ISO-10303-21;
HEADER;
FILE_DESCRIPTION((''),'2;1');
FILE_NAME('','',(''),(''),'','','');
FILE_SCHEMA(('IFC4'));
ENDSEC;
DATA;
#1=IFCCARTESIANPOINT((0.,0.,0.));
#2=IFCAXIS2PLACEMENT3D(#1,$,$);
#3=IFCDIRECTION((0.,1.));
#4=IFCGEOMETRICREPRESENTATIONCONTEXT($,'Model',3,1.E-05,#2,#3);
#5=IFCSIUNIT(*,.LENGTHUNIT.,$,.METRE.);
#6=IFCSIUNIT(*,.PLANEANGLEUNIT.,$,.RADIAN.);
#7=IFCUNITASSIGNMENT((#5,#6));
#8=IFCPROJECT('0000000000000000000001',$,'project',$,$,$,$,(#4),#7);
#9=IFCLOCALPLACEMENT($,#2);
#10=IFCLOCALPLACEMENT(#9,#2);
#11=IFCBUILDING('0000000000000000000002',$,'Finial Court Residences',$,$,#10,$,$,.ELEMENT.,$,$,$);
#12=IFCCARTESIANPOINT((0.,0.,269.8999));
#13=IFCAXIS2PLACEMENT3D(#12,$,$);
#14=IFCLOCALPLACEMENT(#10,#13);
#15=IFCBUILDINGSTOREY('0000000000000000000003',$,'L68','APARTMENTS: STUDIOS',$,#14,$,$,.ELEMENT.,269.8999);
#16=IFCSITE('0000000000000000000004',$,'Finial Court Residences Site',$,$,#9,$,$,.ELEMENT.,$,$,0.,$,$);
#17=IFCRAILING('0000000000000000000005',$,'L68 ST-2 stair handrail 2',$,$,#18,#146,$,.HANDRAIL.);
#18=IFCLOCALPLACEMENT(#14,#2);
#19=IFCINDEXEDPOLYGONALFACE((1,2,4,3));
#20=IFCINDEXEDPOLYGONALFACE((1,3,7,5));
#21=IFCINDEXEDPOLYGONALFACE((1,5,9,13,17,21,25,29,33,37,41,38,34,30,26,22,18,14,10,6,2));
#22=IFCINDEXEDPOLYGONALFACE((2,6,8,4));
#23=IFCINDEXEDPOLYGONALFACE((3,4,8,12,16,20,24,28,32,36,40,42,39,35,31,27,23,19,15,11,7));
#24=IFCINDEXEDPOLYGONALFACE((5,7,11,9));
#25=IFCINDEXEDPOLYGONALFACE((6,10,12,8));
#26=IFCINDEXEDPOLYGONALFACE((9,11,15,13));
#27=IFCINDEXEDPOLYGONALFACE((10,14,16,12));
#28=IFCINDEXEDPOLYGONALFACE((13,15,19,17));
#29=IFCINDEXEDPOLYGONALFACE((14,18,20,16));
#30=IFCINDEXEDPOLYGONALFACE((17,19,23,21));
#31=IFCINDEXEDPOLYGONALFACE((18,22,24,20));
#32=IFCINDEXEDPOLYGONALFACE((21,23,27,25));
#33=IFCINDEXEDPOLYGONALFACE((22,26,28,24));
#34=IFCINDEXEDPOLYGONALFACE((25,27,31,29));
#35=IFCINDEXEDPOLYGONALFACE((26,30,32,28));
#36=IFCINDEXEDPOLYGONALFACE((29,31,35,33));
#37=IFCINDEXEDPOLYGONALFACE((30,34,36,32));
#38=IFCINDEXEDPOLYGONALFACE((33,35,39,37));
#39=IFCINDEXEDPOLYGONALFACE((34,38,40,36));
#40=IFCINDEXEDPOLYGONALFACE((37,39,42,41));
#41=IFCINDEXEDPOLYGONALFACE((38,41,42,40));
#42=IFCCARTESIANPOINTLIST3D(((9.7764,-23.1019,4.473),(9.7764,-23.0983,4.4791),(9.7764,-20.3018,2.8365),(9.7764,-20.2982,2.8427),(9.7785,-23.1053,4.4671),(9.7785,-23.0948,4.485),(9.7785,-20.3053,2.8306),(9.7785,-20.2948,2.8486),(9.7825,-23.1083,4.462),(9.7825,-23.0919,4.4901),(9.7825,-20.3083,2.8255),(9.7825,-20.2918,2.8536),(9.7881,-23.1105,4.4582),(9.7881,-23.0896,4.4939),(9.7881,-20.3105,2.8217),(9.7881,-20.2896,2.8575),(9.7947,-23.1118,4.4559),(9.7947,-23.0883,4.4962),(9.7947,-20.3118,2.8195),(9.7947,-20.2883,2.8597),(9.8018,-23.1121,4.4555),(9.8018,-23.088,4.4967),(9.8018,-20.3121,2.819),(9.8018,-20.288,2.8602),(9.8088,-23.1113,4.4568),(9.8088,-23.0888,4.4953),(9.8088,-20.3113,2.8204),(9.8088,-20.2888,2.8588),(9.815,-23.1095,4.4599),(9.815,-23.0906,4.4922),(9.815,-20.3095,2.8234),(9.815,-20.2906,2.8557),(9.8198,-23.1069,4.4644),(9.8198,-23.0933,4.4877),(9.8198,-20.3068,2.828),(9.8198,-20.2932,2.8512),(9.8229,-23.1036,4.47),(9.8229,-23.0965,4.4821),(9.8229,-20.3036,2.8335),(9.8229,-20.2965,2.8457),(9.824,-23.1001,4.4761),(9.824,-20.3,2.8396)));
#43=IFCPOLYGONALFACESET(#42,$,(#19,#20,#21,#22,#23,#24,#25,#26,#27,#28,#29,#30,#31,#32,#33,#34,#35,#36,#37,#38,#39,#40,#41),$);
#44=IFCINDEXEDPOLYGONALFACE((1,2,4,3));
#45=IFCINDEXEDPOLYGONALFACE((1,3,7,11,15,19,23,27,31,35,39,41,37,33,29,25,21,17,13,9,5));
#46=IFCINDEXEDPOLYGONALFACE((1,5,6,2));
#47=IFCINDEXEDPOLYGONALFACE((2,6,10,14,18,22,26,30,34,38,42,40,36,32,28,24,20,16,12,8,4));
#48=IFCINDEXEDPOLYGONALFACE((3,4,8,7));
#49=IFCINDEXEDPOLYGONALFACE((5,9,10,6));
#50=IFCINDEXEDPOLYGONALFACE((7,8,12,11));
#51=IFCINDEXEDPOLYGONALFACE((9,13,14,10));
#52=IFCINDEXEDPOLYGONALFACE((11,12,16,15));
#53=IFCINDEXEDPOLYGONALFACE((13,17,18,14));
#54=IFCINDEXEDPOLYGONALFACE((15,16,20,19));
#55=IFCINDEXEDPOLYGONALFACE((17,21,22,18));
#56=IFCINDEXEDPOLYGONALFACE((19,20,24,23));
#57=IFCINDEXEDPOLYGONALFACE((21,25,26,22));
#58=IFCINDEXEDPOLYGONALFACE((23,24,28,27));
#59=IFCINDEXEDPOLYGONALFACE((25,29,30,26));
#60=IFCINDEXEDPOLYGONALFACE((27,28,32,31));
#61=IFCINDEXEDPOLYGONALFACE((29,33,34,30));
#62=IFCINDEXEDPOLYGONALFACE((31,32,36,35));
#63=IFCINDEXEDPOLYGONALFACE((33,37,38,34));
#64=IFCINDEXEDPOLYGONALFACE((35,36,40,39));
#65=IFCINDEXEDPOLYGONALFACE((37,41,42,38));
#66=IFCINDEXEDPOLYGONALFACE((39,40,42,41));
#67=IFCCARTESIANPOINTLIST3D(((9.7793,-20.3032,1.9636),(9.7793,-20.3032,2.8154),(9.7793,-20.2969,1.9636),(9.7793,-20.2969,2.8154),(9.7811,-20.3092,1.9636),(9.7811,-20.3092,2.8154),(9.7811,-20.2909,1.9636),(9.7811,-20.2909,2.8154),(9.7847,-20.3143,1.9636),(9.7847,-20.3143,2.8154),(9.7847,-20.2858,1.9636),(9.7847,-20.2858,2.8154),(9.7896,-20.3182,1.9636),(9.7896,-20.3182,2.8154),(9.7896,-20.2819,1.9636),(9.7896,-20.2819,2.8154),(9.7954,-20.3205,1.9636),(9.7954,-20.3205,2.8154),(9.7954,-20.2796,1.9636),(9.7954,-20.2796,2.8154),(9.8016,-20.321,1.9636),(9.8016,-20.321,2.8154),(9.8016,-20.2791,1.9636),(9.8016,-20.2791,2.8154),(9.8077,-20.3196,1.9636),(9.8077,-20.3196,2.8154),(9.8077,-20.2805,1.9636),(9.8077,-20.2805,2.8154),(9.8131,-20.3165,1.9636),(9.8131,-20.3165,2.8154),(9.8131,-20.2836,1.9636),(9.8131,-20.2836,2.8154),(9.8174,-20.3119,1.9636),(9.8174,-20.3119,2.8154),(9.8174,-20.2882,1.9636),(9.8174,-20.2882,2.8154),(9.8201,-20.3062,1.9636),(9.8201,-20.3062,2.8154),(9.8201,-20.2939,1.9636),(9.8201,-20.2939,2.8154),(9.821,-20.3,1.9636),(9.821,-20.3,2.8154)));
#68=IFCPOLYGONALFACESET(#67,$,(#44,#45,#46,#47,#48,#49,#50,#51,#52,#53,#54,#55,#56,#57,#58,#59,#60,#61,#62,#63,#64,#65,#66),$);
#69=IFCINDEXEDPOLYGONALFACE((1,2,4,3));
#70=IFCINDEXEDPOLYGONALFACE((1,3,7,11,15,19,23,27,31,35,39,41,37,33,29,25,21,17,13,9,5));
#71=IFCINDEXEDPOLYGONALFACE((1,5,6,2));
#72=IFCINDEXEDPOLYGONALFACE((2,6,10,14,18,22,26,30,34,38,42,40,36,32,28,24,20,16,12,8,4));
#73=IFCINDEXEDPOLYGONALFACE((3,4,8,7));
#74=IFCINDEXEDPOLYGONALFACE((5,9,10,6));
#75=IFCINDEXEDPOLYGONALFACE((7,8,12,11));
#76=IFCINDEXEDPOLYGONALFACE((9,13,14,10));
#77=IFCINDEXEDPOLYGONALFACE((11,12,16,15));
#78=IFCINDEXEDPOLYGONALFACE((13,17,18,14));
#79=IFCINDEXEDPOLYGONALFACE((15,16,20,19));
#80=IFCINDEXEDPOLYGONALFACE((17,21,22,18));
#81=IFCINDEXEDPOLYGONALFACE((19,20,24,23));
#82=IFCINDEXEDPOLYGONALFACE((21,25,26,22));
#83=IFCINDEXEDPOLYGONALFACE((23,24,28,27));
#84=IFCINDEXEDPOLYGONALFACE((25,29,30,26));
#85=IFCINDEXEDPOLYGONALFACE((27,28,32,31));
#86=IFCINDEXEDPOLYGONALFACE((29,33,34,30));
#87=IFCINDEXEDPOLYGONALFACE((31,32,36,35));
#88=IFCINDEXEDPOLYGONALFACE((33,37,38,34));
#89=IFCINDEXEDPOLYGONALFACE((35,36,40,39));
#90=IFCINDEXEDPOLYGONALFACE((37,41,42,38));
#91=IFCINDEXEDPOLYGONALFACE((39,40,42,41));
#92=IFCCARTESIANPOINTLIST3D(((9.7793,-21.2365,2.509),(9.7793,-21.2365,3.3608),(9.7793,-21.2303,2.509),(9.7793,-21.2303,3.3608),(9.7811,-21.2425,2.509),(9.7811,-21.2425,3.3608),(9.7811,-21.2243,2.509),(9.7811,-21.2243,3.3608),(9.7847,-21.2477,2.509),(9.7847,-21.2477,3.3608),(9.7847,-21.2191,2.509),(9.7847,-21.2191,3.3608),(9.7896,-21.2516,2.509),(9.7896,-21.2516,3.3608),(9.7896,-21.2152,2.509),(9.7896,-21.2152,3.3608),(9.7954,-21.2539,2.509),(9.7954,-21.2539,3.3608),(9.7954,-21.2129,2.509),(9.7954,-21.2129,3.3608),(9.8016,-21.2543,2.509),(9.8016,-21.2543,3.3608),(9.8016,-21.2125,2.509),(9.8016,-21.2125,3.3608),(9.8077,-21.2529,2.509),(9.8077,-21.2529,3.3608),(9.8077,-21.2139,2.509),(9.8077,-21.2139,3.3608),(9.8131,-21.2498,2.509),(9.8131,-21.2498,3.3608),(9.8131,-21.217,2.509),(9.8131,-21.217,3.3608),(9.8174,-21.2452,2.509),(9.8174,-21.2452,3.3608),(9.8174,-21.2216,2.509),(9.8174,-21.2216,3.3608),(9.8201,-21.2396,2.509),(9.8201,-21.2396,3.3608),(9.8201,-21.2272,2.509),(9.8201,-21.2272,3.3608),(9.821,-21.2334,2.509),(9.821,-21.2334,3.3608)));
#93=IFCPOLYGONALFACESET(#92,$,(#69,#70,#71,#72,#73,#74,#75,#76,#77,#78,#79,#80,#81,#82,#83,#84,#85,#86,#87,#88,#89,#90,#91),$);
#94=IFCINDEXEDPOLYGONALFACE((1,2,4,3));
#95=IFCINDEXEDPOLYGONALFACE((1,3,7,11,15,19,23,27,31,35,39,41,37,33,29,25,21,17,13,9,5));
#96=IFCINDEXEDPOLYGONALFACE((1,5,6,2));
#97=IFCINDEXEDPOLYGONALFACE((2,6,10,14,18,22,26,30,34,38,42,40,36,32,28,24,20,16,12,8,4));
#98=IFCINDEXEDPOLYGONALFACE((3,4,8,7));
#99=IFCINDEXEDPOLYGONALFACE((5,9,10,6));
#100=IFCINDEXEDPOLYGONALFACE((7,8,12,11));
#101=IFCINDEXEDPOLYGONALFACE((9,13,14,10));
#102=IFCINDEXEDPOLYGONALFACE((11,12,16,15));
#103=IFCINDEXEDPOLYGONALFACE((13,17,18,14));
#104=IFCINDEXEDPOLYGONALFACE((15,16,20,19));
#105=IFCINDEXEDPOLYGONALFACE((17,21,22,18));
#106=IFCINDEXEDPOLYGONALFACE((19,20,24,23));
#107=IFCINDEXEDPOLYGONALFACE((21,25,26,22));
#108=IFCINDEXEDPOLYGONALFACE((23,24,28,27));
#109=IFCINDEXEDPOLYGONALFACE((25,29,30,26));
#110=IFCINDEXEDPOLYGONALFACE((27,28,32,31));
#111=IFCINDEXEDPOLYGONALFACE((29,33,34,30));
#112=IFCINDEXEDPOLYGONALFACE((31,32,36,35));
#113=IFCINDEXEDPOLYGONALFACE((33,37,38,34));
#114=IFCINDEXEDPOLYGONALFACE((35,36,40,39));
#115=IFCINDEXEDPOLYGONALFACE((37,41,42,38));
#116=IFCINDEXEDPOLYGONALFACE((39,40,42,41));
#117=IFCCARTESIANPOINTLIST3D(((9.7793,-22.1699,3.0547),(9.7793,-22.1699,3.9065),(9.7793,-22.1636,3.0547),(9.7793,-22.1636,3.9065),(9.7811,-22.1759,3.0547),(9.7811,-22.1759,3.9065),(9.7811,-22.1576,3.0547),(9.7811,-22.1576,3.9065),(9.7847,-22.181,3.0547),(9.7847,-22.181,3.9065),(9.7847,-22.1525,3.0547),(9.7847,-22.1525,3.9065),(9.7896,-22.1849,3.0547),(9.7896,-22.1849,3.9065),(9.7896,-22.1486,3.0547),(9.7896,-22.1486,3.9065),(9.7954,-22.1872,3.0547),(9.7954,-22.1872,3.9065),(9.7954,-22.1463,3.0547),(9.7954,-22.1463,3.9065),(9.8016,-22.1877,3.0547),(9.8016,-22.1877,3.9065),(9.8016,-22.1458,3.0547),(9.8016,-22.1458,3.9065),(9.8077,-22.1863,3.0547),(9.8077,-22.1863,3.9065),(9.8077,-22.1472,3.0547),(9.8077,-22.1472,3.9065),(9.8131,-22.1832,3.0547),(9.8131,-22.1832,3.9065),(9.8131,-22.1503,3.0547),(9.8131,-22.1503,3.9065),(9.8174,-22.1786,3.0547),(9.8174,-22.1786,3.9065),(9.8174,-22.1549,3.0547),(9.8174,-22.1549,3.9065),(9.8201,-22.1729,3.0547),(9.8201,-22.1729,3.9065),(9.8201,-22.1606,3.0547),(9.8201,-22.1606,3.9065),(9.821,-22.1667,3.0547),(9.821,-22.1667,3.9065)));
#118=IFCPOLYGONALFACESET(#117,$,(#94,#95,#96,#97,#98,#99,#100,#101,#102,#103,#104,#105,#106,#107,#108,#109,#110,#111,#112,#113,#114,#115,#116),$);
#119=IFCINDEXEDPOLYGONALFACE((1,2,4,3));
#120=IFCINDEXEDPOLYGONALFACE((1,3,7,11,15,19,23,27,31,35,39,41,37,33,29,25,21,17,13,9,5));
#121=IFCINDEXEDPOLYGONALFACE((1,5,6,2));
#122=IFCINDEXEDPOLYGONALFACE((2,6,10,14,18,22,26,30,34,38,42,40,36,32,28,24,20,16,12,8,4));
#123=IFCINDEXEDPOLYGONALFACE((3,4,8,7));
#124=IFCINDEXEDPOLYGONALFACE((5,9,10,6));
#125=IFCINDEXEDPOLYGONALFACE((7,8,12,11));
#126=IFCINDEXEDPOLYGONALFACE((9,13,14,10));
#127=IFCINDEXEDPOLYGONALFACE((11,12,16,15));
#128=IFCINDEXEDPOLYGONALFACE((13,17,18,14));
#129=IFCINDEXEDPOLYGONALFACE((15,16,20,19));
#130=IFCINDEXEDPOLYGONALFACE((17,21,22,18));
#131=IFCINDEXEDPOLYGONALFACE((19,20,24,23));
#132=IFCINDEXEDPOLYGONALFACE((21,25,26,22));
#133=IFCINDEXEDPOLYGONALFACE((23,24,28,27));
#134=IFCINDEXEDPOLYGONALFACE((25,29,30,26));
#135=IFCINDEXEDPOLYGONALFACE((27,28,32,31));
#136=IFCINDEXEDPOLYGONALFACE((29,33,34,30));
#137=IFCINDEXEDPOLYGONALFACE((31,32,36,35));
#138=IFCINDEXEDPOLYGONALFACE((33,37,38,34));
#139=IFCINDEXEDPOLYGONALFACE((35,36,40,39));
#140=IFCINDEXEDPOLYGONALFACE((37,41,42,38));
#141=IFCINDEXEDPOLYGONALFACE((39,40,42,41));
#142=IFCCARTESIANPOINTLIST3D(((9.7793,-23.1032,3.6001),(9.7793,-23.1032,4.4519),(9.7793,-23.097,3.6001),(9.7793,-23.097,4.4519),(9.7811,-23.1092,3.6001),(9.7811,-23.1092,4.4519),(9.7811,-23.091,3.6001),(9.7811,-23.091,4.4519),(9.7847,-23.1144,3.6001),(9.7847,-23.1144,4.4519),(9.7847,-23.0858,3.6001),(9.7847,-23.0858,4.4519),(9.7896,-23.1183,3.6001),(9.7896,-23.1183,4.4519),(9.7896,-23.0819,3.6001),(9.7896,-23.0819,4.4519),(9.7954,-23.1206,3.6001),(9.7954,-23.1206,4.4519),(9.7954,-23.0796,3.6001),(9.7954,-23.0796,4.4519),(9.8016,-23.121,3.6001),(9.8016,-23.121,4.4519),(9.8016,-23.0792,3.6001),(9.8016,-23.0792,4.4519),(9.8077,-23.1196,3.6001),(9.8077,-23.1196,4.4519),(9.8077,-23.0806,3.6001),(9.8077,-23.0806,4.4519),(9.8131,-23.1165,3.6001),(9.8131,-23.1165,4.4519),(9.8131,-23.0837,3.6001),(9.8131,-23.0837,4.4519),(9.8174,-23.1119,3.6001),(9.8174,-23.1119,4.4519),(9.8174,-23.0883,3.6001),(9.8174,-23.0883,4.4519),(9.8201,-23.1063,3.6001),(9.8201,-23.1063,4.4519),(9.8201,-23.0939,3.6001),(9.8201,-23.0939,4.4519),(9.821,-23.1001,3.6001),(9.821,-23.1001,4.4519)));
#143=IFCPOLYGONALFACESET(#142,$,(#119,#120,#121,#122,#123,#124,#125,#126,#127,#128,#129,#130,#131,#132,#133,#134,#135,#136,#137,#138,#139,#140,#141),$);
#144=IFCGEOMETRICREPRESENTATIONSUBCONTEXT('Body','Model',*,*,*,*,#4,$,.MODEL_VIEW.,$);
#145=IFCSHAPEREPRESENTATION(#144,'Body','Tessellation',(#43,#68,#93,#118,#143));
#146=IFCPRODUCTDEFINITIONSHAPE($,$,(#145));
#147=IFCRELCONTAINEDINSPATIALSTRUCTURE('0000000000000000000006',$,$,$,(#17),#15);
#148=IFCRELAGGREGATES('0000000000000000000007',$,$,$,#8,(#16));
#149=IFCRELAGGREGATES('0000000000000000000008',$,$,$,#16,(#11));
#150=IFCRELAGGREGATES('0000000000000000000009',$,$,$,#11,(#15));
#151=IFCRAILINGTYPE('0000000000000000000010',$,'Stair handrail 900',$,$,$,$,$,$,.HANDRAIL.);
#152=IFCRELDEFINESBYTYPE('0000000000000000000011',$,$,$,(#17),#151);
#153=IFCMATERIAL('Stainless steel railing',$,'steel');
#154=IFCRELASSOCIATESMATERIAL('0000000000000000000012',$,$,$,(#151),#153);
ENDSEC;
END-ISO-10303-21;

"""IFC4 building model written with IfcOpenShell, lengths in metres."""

from ifc_helpers import new_model, si_unit, direction, frame, origin, origin_2d, place, context, subcontext, project, spatial, circle, extrude, material, type_object, element, save


model = new_model("IFC4")

# Units and contexts
model_context = context("Model", 3, precision=1e-05, world=origin(), true_north=direction((0.0, 1.0)))
body_context = subcontext(model_context, "Body", "Model", "MODEL_VIEW")
ifc_project = project(units=[si_unit("LENGTHUNIT", "METRE"), si_unit("PLANEANGLEUNIT", "RADIAN")], contexts=[model_context])

# Site, building, storey
site_placement = place(None, origin())
site = spatial("IfcSite", under=ifc_project, at=site_placement, Name="Finial Court Residences Site", CompositionType="ELEMENT", RefElevation=0.0)
building_placement = place(site_placement, origin())
building = spatial("IfcBuilding", under=site, at=building_placement, Name="Finial Court Residences", CompositionType="ELEMENT")
storey_placement = place(building_placement, frame((0.0, 0.0, 269.8999)))
storey = spatial("IfcBuildingStorey", under=building, at=storey_placement, Name="L68", Description="APARTMENTS: STUDIOS", CompositionType="ELEMENT", Elevation=269.8999)

# Railing
ifc_material_1 = material(Name="Stainless steel railing", Category="steel")
railing_type_1 = type_object("IfcRailingType", Name="Stair handrail 900", PredefinedType="HANDRAIL", material=ifc_material_1)
railing_1_placement = place(storey_placement, frame((9.8, -20.3, 1.9636)))
element("IfcRailing", 1, at=railing_1_placement, inside=storey, type_object=railing_type_1, Name="L68 ST-2 stair handrail 2", PredefinedType="HANDRAIL", context=body_context, shape_type="SweptSolid", body=[
    extrude(circle(Radius=0.0239, at=origin_2d()), frame((0.0, 0.0, 0.876), z_axis=(0.0, -0.863361, 0.504587), x_axis=(1.0, 0.0, 0.0)), (0.0, 0.0, 1.0), 3.2432),
    extrude(circle(Radius=0.021, at=origin_2d()), origin(), (0.0, 0.0, 1.0), 0.8518),
    extrude(circle(Radius=0.021, at=origin_2d()), frame((0.0, -0.9333, 0.5454)), (0.0, 0.0, 1.0), 0.8518),
    extrude(circle(Radius=0.021, at=origin_2d()), frame((0.0, -1.8667, 1.0911)), (0.0, 0.0, 1.0), 0.8518),
    extrude(circle(Radius=0.021, at=origin_2d()), frame((0.0, -2.8, 1.6365)), (0.0, 0.0, 1.0), 0.8518),
])

save(model, "model.ifc")
